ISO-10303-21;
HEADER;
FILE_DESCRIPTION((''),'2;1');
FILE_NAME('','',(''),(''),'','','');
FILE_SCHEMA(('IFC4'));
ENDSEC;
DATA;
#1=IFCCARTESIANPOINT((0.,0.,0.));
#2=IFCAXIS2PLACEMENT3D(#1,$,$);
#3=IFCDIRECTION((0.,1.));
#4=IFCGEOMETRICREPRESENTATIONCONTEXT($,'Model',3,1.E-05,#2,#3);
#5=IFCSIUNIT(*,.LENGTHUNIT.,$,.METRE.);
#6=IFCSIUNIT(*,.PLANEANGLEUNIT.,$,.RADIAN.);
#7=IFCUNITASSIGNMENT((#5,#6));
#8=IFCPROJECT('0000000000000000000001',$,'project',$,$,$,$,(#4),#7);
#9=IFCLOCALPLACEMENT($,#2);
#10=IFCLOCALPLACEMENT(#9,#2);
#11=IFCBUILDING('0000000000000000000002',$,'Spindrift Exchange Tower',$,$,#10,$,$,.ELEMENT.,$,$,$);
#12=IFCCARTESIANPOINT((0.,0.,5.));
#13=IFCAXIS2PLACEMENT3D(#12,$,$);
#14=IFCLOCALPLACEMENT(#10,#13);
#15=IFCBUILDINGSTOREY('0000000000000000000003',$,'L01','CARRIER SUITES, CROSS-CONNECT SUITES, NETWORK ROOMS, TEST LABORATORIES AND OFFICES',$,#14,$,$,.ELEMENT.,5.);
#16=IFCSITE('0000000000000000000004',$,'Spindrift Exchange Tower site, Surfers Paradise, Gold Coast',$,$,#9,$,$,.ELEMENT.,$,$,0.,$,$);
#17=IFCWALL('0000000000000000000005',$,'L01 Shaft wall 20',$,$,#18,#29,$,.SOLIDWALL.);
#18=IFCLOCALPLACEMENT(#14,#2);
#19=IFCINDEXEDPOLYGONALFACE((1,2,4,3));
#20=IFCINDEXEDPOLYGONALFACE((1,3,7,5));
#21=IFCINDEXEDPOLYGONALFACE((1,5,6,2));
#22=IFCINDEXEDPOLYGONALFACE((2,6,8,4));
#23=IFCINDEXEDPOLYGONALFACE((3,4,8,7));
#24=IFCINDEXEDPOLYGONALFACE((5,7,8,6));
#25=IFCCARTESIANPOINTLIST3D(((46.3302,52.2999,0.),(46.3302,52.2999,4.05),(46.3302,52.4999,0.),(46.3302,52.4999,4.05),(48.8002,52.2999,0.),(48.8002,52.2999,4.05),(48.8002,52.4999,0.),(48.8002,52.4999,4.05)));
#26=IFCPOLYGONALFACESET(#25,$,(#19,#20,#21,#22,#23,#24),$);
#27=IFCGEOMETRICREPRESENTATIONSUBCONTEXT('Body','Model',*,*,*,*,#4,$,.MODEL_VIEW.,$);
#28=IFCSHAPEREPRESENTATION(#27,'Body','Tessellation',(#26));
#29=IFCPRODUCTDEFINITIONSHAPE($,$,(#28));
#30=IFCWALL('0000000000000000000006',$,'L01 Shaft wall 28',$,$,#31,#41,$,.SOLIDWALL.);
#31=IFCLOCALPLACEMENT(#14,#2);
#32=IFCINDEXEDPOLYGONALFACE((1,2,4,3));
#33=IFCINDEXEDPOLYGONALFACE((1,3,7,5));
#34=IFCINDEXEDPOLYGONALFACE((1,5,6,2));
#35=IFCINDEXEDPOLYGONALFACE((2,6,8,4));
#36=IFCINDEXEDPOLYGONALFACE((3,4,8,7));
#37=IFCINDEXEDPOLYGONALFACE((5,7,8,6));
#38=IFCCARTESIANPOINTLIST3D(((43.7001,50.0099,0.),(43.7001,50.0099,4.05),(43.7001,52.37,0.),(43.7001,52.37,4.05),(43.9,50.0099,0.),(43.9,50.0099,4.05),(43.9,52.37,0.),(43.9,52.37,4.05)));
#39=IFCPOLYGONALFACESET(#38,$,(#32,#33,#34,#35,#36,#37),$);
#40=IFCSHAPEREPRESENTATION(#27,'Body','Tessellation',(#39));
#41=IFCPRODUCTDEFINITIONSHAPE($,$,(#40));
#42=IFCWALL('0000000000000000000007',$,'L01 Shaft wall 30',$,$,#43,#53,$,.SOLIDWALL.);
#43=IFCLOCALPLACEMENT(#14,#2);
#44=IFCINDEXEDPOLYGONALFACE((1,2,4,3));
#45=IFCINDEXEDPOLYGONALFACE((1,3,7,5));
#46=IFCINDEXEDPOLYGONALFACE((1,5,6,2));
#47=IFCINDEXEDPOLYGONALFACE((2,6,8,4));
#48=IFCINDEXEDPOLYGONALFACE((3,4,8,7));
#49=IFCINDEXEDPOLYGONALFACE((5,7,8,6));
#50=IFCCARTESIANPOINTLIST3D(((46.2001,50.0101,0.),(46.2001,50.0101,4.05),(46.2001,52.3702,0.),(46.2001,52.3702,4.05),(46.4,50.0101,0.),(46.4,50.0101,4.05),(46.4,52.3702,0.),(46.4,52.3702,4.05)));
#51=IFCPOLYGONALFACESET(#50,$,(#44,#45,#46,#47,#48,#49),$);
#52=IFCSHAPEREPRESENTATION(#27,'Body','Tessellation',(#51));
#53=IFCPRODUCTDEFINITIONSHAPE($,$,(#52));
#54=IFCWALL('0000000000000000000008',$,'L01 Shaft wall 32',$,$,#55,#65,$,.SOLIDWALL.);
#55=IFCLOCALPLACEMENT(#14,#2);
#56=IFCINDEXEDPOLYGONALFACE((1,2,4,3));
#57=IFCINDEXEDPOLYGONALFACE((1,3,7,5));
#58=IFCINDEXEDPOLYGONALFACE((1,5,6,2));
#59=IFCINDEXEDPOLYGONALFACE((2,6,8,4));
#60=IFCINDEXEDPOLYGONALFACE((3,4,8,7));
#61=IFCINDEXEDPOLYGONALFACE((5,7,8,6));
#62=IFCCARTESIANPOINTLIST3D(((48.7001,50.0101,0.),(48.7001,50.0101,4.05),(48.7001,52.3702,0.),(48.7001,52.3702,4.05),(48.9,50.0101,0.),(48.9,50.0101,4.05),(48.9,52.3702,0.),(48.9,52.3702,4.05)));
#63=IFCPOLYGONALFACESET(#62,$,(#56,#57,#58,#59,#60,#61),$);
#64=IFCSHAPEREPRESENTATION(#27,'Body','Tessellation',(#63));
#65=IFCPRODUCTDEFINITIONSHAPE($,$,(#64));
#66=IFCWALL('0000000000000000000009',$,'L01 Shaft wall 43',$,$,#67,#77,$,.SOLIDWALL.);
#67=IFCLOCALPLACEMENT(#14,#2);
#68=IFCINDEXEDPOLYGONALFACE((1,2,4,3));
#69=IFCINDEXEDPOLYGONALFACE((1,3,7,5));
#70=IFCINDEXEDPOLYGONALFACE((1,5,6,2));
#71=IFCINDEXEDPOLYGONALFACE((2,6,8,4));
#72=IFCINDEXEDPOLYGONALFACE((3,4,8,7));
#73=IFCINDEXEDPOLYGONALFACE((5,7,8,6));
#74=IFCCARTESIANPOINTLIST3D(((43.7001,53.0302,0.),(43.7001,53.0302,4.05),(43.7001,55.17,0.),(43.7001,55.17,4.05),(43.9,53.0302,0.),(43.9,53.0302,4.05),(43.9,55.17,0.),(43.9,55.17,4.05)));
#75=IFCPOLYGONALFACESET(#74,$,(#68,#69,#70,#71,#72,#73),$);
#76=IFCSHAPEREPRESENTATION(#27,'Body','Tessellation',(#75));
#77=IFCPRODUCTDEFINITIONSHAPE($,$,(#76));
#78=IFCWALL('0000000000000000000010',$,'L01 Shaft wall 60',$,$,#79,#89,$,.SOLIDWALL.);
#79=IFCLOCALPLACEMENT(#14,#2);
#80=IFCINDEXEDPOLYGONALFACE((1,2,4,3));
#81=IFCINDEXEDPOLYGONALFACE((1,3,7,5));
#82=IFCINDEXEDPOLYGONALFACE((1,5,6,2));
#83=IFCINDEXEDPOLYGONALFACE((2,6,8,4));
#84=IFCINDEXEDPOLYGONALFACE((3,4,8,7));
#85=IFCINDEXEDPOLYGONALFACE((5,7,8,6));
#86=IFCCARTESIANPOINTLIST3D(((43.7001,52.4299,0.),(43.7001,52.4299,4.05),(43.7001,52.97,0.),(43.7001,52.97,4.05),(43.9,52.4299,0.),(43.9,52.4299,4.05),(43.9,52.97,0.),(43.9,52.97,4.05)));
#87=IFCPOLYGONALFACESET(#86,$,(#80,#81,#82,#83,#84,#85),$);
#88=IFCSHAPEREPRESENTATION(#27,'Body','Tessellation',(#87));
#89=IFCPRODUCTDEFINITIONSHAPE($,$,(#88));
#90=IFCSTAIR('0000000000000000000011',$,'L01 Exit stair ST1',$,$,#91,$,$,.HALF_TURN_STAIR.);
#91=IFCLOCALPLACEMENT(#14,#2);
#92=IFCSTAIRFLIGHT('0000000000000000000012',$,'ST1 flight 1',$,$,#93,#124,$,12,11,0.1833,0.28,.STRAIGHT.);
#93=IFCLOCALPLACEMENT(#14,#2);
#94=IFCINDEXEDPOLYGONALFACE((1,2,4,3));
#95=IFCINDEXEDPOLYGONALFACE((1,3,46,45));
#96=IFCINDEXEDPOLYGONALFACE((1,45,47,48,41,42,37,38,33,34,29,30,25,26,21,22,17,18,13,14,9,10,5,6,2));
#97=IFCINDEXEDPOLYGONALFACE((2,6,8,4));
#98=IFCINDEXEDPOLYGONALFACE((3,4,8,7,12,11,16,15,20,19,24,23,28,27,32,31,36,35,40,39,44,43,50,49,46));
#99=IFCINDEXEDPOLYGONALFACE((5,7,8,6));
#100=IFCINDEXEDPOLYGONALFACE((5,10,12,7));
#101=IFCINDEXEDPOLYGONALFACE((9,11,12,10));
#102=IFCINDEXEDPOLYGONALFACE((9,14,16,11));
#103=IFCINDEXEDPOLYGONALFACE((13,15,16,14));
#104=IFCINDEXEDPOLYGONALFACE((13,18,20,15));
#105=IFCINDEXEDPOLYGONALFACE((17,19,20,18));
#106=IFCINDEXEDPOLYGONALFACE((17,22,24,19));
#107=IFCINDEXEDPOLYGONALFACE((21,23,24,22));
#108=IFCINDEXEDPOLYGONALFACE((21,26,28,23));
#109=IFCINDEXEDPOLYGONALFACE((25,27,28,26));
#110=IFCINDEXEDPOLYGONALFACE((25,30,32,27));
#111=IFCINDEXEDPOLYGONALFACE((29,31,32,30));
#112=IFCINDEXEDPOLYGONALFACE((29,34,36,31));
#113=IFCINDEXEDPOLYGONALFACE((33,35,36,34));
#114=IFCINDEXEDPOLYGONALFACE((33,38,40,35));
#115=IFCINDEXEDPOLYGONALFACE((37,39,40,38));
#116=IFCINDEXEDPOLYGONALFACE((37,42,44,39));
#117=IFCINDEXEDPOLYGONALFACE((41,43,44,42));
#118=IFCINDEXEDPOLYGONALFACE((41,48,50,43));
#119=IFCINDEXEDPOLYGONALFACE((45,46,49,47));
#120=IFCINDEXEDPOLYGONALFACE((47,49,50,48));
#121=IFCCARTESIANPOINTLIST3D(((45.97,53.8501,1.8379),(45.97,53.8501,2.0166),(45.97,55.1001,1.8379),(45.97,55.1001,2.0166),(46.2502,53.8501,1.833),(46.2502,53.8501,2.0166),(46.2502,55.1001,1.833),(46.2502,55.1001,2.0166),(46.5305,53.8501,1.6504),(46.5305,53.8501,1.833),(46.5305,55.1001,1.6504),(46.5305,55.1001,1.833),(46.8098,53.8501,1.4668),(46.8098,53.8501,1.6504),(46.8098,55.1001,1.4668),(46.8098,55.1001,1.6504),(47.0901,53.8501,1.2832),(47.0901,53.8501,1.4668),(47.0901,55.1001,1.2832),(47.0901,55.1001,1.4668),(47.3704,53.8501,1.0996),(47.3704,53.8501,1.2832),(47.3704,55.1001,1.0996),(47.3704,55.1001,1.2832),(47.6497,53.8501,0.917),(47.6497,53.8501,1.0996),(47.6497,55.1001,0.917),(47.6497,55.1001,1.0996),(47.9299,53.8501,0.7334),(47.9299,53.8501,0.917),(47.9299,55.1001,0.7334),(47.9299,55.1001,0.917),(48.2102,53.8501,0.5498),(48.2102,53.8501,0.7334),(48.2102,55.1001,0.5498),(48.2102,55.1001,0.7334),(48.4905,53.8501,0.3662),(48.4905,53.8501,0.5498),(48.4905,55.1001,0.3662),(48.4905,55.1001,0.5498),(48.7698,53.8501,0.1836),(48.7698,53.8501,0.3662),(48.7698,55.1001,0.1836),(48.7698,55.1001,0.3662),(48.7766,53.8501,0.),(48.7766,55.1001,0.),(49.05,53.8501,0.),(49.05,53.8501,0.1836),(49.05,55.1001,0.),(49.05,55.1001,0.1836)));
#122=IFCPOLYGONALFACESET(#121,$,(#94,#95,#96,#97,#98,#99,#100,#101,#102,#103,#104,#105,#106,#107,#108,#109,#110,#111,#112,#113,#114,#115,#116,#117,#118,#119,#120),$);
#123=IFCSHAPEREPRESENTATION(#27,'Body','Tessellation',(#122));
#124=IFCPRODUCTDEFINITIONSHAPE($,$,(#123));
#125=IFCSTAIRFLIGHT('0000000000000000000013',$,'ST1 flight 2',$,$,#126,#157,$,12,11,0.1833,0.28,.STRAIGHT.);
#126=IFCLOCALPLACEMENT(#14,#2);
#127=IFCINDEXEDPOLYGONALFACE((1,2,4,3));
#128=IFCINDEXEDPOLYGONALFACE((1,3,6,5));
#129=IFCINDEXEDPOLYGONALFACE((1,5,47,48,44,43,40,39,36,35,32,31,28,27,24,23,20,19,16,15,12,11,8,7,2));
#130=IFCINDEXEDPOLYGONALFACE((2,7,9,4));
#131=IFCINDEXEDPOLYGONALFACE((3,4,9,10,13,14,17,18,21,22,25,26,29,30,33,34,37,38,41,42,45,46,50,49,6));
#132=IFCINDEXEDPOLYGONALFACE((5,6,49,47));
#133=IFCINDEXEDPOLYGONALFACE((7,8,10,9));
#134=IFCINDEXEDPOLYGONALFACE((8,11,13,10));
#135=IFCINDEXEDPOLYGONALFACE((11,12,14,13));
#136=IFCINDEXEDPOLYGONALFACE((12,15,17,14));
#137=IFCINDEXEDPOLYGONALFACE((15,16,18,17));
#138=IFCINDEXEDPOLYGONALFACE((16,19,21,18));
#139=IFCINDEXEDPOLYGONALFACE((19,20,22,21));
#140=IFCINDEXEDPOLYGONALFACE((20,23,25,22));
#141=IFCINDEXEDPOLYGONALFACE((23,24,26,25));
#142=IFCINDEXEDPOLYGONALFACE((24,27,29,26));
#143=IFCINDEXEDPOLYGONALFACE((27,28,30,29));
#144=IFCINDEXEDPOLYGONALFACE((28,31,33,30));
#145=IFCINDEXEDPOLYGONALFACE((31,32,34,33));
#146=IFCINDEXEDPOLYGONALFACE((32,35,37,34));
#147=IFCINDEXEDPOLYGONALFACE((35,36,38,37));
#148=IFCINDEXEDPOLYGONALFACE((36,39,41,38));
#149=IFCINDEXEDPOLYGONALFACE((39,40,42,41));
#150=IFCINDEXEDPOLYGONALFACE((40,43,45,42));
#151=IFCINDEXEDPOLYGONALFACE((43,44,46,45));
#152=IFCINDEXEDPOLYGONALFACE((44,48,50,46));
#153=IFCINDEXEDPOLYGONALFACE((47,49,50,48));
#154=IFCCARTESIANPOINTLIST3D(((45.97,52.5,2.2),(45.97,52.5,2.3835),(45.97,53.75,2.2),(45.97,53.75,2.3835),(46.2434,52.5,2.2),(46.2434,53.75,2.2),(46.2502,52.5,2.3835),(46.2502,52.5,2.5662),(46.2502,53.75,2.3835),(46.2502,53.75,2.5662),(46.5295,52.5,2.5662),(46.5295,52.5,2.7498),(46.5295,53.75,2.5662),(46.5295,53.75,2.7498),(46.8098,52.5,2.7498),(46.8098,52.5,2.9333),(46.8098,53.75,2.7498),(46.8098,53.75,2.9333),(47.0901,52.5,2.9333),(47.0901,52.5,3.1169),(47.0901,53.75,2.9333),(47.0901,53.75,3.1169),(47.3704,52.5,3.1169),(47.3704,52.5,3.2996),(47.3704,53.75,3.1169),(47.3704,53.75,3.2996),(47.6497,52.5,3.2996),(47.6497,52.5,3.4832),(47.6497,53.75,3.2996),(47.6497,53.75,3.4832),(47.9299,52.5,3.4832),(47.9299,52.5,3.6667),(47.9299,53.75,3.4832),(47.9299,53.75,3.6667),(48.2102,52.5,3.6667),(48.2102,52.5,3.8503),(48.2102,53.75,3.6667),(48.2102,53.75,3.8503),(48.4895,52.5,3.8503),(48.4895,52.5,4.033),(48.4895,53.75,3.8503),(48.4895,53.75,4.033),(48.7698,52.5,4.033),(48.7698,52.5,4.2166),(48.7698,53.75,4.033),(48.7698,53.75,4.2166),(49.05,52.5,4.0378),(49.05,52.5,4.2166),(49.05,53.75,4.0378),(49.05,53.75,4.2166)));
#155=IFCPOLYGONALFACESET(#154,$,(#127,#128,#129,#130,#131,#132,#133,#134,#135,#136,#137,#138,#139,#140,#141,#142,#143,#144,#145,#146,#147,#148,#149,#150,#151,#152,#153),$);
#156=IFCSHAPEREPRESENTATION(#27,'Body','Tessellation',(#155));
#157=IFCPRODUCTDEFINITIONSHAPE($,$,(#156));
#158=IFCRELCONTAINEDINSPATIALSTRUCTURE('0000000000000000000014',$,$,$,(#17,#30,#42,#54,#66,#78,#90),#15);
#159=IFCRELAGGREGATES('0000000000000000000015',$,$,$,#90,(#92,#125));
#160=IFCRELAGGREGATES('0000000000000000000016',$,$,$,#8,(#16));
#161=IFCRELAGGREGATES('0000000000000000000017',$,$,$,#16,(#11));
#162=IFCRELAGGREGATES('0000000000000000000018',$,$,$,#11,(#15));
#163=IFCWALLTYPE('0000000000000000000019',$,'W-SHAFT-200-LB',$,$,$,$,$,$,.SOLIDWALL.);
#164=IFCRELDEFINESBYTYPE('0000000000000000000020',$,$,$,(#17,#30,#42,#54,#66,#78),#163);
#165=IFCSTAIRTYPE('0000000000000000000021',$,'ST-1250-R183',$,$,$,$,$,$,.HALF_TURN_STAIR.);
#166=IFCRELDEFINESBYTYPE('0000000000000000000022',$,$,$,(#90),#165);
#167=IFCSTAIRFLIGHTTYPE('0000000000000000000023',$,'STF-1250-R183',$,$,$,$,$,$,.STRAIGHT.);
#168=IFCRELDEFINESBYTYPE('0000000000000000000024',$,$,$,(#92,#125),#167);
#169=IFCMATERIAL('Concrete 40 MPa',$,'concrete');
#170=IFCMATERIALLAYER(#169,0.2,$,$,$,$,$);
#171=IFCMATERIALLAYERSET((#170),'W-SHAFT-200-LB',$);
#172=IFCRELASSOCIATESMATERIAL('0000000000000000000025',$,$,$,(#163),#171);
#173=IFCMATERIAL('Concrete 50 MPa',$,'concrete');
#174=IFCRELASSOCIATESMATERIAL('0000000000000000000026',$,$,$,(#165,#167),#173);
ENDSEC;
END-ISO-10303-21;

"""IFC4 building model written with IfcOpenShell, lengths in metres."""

from ifc_helpers import new_model, si_unit, direction, frame, frame_2d, origin, place, context, subcontext, project, spatial, line, indexed_curve, rectangle, outline, extrude, material, layer, layer_set, type_object, element, aggregate, save


model = new_model("IFC4")

# Units and contexts
model_context = context("Model", 3, precision=1e-05, world=origin(), true_north=direction((0.0, 1.0)))
body_context = subcontext(model_context, "Body", "Model", "MODEL_VIEW")
ifc_project = project(units=[si_unit("LENGTHUNIT", "METRE"), si_unit("PLANEANGLEUNIT", "RADIAN")], contexts=[model_context])

# Site, building, storey
site_placement = place(None, origin())
site = spatial("IfcSite", under=ifc_project, at=site_placement, Name="Spindrift Exchange Tower site, Surfers Paradise, Gold Coast", CompositionType="ELEMENT", RefElevation=0.0)
building_placement = place(site_placement, origin())
building = spatial("IfcBuilding", under=site, at=building_placement, Name="Spindrift Exchange Tower", CompositionType="ELEMENT")
storey_placement = place(building_placement, frame((0.0, 0.0, 5.0)))
storey = spatial("IfcBuildingStorey", under=building, at=storey_placement, Name="L01", Description="CARRIER SUITES, CROSS-CONNECT SUITES, NETWORK ROOMS, TEST LABORATORIES AND OFFICES", CompositionType="ELEMENT", Elevation=5.0)

# Walls
ifc_material_1 = material(Name="Concrete 40 MPa", Category="concrete")
ifc_layer_1 = layer(ifc_material_1, 0.2)
ifc_layer_set_1 = layer_set([ifc_layer_1], Name="W-SHAFT-200-LB")
wall_type_1 = type_object("IfcWallType", Name="W-SHAFT-200-LB", PredefinedType="SOLIDWALL", material=ifc_layer_set_1)
wall_1_placement = place(storey_placement, frame((48.8, 52.3999, 0.0), z_axis=(0.0, 0.0, 1.0), x_axis=(-1.0, 0.0, 0.0)))
element("IfcWall", 1, at=wall_1_placement, inside=storey, type_object=wall_type_1, Name="L01 Shaft wall 20", PredefinedType="SOLIDWALL", context=body_context, shape_type="SweptSolid", body=[
    extrude(rectangle(XDim=2.47, YDim=0.2, at=frame_2d((1.2349, 0.0))), origin(), (0.0, 0.0, 1.0), 4.05),
])
for number, where, z_axis, x_axis, name in (
    (2, (43.8, 52.3701, 0.0), (0.0, 0.0, 1.0), (0.0, -1.0, 0.0), "L01 Shaft wall 28"),
    (3, (46.3, 50.01, 0.0), (0.0, 0.0, 1.0), (0.0, 1.0, 0.0), "L01 Shaft wall 30"),
    (4, (48.8, 50.01, 0.0), (0.0, 0.0, 1.0), (0.0, 1.0, 0.0), "L01 Shaft wall 32"),
):
    element("IfcWall", number, at=place(storey_placement, frame(where, z_axis=z_axis, x_axis=x_axis)), inside=storey, type_object=wall_type_1, Name=name, PredefinedType="SOLIDWALL", context=body_context, shape_type="SweptSolid", body=[
        extrude(rectangle(XDim=2.3601, YDim=0.2, at=frame_2d((1.1802, 0.0))), origin(), (0.0, 0.0, 1.0), 4.05),
    ])
wall_2_placement = place(storey_placement, frame((43.8, 55.1699, 0.0), z_axis=(0.0, 0.0, 1.0), x_axis=(0.0, -1.0, 0.0)))
element("IfcWall", 5, at=wall_2_placement, inside=storey, type_object=wall_type_1, Name="L01 Shaft wall 43", PredefinedType="SOLIDWALL", context=body_context, shape_type="SweptSolid", body=[
    extrude(rectangle(XDim=2.1399, YDim=0.2, at=frame_2d((1.0698, 0.0))), origin(), (0.0, 0.0, 1.0), 4.05),
])
wall_3_placement = place(storey_placement, frame((43.8, 52.4299, 0.0), z_axis=(0.0, 0.0, 1.0), x_axis=(0.0, 1.0, 0.0)))
element("IfcWall", 6, at=wall_3_placement, inside=storey, type_object=wall_type_1, Name="L01 Shaft wall 60", PredefinedType="SOLIDWALL", context=body_context, shape_type="SweptSolid", body=[
    extrude(rectangle(XDim=0.54, YDim=0.2, at=frame_2d((0.27, 0.0))), origin(), (0.0, 0.0, 1.0), 4.05),
])

# Stair, stair flights
ifc_material_2 = material(Name="Concrete 50 MPa", Category="concrete")
stair_type = type_object("IfcStairType", Name="ST-1250-R183", PredefinedType="HALF_TURN_STAIR", material=ifc_material_2)
stair_placement = place(storey_placement, origin())
stair = element("IfcStair", 7, at=stair_placement, inside=storey, type_object=stair_type, Name="L01 Exit stair ST1", PredefinedType="HALF_TURN_STAIR")
stair_flight_type = type_object("IfcStairFlightType", Name="STF-1250-R183", PredefinedType="STRAIGHT", material=ifc_material_2)
stair_flight_1_placement = place(storey_placement, frame((49.05, 54.4751, 0.0), z_axis=(0.0, 0.0, 1.0), x_axis=(-1.0, 0.0, 0.0)))
stair_flight_1 = element("IfcStairFlight", 8, at=stair_flight_1_placement, type_object=stair_flight_type, Name="ST1 flight 1", NumberOfRisers=12, NumberOfTreads=11, PredefinedType="STRAIGHT", RiserHeight=0.1833, TreadLength=0.28, context=body_context, shape_type="SweptSolid", body=[
    extrude(outline(indexed_curve([(0.0, 0.0), (0.0, 0.1836), (0.2803, 0.1836), (0.2803, 0.3662), (0.5596, 0.3662), (0.5596, 0.5498), (0.8398, 0.5498), (0.8398, 0.7334), (1.1201, 0.7334), (1.1201, 0.917), (1.4004, 0.917), (1.4004, 1.0996), (1.6797, 1.0996), (1.6797, 1.2832), (1.96, 1.2832), (1.96, 1.4668), (2.2402, 1.4668), (2.2402, 1.6504), (2.5195, 1.6504), (2.5195, 1.833), (2.7998, 1.833), (2.7998, 2.0166), (3.0801, 2.0166), (3.0801, 2.2002), (3.0801, 1.8379), (0.2734, 0.0)], segments=[line(1, 2, 3, 4, 5, 6, 7, 8, 9, 10, 11, 12, 13, 14, 15, 16, 17, 18, 19, 20, 21, 22, 23, 24, 25, 26, 1)], self_intersect=False)), frame((0.0, 0.625, 0.0), z_axis=(0.0, -1.0, 0.0), x_axis=(1.0, 0.0, 0.0)), (0.0, 0.0, 1.0), 1.25),
])
stair_flight_2_placement = place(storey_placement, frame((45.97, 53.125, 2.2), z_axis=(0.0, 0.0, 1.0), x_axis=(1.0, 0.0, 0.0)))
stair_flight_2 = element("IfcStairFlight", 9, at=stair_flight_2_placement, type_object=stair_flight_type, Name="ST1 flight 2", NumberOfRisers=12, NumberOfTreads=11, PredefinedType="STRAIGHT", RiserHeight=0.1833, TreadLength=0.28, context=body_context, shape_type="SweptSolid", body=[
    extrude(outline(indexed_curve([(0.0, 0.0), (0.0, 0.1836), (0.2803, 0.1836), (0.2803, 0.3662), (0.5596, 0.3662), (0.5596, 0.5498), (0.8398, 0.5498), (0.8398, 0.7334), (1.1201, 0.7334), (1.1201, 0.917), (1.4004, 0.917), (1.4004, 1.0996), (1.6797, 1.0996), (1.6797, 1.2832), (1.96, 1.2832), (1.96, 1.4668), (2.2402, 1.4668), (2.2402, 1.6504), (2.5195, 1.6504), (2.5195, 1.833), (2.7998, 1.833), (2.7998, 2.0166), (3.0801, 2.0166), (3.0801, 2.2002), (3.0801, 1.8379), (0.2734, 0.0)], segments=[line(1, 2, 3, 4, 5, 6, 7, 8, 9, 10, 11, 12, 13, 14, 15, 16, 17, 18, 19, 20, 21, 22, 23, 24, 25, 26, 1)], self_intersect=False)), frame((0.0, 0.625, 0.0), z_axis=(0.0, -1.0, 0.0), x_axis=(1.0, 0.0, 0.0)), (0.0, 0.0, 1.0), 1.25),
])
aggregate(stair, [stair_flight_1, stair_flight_2])

save(model, "model.ifc")
